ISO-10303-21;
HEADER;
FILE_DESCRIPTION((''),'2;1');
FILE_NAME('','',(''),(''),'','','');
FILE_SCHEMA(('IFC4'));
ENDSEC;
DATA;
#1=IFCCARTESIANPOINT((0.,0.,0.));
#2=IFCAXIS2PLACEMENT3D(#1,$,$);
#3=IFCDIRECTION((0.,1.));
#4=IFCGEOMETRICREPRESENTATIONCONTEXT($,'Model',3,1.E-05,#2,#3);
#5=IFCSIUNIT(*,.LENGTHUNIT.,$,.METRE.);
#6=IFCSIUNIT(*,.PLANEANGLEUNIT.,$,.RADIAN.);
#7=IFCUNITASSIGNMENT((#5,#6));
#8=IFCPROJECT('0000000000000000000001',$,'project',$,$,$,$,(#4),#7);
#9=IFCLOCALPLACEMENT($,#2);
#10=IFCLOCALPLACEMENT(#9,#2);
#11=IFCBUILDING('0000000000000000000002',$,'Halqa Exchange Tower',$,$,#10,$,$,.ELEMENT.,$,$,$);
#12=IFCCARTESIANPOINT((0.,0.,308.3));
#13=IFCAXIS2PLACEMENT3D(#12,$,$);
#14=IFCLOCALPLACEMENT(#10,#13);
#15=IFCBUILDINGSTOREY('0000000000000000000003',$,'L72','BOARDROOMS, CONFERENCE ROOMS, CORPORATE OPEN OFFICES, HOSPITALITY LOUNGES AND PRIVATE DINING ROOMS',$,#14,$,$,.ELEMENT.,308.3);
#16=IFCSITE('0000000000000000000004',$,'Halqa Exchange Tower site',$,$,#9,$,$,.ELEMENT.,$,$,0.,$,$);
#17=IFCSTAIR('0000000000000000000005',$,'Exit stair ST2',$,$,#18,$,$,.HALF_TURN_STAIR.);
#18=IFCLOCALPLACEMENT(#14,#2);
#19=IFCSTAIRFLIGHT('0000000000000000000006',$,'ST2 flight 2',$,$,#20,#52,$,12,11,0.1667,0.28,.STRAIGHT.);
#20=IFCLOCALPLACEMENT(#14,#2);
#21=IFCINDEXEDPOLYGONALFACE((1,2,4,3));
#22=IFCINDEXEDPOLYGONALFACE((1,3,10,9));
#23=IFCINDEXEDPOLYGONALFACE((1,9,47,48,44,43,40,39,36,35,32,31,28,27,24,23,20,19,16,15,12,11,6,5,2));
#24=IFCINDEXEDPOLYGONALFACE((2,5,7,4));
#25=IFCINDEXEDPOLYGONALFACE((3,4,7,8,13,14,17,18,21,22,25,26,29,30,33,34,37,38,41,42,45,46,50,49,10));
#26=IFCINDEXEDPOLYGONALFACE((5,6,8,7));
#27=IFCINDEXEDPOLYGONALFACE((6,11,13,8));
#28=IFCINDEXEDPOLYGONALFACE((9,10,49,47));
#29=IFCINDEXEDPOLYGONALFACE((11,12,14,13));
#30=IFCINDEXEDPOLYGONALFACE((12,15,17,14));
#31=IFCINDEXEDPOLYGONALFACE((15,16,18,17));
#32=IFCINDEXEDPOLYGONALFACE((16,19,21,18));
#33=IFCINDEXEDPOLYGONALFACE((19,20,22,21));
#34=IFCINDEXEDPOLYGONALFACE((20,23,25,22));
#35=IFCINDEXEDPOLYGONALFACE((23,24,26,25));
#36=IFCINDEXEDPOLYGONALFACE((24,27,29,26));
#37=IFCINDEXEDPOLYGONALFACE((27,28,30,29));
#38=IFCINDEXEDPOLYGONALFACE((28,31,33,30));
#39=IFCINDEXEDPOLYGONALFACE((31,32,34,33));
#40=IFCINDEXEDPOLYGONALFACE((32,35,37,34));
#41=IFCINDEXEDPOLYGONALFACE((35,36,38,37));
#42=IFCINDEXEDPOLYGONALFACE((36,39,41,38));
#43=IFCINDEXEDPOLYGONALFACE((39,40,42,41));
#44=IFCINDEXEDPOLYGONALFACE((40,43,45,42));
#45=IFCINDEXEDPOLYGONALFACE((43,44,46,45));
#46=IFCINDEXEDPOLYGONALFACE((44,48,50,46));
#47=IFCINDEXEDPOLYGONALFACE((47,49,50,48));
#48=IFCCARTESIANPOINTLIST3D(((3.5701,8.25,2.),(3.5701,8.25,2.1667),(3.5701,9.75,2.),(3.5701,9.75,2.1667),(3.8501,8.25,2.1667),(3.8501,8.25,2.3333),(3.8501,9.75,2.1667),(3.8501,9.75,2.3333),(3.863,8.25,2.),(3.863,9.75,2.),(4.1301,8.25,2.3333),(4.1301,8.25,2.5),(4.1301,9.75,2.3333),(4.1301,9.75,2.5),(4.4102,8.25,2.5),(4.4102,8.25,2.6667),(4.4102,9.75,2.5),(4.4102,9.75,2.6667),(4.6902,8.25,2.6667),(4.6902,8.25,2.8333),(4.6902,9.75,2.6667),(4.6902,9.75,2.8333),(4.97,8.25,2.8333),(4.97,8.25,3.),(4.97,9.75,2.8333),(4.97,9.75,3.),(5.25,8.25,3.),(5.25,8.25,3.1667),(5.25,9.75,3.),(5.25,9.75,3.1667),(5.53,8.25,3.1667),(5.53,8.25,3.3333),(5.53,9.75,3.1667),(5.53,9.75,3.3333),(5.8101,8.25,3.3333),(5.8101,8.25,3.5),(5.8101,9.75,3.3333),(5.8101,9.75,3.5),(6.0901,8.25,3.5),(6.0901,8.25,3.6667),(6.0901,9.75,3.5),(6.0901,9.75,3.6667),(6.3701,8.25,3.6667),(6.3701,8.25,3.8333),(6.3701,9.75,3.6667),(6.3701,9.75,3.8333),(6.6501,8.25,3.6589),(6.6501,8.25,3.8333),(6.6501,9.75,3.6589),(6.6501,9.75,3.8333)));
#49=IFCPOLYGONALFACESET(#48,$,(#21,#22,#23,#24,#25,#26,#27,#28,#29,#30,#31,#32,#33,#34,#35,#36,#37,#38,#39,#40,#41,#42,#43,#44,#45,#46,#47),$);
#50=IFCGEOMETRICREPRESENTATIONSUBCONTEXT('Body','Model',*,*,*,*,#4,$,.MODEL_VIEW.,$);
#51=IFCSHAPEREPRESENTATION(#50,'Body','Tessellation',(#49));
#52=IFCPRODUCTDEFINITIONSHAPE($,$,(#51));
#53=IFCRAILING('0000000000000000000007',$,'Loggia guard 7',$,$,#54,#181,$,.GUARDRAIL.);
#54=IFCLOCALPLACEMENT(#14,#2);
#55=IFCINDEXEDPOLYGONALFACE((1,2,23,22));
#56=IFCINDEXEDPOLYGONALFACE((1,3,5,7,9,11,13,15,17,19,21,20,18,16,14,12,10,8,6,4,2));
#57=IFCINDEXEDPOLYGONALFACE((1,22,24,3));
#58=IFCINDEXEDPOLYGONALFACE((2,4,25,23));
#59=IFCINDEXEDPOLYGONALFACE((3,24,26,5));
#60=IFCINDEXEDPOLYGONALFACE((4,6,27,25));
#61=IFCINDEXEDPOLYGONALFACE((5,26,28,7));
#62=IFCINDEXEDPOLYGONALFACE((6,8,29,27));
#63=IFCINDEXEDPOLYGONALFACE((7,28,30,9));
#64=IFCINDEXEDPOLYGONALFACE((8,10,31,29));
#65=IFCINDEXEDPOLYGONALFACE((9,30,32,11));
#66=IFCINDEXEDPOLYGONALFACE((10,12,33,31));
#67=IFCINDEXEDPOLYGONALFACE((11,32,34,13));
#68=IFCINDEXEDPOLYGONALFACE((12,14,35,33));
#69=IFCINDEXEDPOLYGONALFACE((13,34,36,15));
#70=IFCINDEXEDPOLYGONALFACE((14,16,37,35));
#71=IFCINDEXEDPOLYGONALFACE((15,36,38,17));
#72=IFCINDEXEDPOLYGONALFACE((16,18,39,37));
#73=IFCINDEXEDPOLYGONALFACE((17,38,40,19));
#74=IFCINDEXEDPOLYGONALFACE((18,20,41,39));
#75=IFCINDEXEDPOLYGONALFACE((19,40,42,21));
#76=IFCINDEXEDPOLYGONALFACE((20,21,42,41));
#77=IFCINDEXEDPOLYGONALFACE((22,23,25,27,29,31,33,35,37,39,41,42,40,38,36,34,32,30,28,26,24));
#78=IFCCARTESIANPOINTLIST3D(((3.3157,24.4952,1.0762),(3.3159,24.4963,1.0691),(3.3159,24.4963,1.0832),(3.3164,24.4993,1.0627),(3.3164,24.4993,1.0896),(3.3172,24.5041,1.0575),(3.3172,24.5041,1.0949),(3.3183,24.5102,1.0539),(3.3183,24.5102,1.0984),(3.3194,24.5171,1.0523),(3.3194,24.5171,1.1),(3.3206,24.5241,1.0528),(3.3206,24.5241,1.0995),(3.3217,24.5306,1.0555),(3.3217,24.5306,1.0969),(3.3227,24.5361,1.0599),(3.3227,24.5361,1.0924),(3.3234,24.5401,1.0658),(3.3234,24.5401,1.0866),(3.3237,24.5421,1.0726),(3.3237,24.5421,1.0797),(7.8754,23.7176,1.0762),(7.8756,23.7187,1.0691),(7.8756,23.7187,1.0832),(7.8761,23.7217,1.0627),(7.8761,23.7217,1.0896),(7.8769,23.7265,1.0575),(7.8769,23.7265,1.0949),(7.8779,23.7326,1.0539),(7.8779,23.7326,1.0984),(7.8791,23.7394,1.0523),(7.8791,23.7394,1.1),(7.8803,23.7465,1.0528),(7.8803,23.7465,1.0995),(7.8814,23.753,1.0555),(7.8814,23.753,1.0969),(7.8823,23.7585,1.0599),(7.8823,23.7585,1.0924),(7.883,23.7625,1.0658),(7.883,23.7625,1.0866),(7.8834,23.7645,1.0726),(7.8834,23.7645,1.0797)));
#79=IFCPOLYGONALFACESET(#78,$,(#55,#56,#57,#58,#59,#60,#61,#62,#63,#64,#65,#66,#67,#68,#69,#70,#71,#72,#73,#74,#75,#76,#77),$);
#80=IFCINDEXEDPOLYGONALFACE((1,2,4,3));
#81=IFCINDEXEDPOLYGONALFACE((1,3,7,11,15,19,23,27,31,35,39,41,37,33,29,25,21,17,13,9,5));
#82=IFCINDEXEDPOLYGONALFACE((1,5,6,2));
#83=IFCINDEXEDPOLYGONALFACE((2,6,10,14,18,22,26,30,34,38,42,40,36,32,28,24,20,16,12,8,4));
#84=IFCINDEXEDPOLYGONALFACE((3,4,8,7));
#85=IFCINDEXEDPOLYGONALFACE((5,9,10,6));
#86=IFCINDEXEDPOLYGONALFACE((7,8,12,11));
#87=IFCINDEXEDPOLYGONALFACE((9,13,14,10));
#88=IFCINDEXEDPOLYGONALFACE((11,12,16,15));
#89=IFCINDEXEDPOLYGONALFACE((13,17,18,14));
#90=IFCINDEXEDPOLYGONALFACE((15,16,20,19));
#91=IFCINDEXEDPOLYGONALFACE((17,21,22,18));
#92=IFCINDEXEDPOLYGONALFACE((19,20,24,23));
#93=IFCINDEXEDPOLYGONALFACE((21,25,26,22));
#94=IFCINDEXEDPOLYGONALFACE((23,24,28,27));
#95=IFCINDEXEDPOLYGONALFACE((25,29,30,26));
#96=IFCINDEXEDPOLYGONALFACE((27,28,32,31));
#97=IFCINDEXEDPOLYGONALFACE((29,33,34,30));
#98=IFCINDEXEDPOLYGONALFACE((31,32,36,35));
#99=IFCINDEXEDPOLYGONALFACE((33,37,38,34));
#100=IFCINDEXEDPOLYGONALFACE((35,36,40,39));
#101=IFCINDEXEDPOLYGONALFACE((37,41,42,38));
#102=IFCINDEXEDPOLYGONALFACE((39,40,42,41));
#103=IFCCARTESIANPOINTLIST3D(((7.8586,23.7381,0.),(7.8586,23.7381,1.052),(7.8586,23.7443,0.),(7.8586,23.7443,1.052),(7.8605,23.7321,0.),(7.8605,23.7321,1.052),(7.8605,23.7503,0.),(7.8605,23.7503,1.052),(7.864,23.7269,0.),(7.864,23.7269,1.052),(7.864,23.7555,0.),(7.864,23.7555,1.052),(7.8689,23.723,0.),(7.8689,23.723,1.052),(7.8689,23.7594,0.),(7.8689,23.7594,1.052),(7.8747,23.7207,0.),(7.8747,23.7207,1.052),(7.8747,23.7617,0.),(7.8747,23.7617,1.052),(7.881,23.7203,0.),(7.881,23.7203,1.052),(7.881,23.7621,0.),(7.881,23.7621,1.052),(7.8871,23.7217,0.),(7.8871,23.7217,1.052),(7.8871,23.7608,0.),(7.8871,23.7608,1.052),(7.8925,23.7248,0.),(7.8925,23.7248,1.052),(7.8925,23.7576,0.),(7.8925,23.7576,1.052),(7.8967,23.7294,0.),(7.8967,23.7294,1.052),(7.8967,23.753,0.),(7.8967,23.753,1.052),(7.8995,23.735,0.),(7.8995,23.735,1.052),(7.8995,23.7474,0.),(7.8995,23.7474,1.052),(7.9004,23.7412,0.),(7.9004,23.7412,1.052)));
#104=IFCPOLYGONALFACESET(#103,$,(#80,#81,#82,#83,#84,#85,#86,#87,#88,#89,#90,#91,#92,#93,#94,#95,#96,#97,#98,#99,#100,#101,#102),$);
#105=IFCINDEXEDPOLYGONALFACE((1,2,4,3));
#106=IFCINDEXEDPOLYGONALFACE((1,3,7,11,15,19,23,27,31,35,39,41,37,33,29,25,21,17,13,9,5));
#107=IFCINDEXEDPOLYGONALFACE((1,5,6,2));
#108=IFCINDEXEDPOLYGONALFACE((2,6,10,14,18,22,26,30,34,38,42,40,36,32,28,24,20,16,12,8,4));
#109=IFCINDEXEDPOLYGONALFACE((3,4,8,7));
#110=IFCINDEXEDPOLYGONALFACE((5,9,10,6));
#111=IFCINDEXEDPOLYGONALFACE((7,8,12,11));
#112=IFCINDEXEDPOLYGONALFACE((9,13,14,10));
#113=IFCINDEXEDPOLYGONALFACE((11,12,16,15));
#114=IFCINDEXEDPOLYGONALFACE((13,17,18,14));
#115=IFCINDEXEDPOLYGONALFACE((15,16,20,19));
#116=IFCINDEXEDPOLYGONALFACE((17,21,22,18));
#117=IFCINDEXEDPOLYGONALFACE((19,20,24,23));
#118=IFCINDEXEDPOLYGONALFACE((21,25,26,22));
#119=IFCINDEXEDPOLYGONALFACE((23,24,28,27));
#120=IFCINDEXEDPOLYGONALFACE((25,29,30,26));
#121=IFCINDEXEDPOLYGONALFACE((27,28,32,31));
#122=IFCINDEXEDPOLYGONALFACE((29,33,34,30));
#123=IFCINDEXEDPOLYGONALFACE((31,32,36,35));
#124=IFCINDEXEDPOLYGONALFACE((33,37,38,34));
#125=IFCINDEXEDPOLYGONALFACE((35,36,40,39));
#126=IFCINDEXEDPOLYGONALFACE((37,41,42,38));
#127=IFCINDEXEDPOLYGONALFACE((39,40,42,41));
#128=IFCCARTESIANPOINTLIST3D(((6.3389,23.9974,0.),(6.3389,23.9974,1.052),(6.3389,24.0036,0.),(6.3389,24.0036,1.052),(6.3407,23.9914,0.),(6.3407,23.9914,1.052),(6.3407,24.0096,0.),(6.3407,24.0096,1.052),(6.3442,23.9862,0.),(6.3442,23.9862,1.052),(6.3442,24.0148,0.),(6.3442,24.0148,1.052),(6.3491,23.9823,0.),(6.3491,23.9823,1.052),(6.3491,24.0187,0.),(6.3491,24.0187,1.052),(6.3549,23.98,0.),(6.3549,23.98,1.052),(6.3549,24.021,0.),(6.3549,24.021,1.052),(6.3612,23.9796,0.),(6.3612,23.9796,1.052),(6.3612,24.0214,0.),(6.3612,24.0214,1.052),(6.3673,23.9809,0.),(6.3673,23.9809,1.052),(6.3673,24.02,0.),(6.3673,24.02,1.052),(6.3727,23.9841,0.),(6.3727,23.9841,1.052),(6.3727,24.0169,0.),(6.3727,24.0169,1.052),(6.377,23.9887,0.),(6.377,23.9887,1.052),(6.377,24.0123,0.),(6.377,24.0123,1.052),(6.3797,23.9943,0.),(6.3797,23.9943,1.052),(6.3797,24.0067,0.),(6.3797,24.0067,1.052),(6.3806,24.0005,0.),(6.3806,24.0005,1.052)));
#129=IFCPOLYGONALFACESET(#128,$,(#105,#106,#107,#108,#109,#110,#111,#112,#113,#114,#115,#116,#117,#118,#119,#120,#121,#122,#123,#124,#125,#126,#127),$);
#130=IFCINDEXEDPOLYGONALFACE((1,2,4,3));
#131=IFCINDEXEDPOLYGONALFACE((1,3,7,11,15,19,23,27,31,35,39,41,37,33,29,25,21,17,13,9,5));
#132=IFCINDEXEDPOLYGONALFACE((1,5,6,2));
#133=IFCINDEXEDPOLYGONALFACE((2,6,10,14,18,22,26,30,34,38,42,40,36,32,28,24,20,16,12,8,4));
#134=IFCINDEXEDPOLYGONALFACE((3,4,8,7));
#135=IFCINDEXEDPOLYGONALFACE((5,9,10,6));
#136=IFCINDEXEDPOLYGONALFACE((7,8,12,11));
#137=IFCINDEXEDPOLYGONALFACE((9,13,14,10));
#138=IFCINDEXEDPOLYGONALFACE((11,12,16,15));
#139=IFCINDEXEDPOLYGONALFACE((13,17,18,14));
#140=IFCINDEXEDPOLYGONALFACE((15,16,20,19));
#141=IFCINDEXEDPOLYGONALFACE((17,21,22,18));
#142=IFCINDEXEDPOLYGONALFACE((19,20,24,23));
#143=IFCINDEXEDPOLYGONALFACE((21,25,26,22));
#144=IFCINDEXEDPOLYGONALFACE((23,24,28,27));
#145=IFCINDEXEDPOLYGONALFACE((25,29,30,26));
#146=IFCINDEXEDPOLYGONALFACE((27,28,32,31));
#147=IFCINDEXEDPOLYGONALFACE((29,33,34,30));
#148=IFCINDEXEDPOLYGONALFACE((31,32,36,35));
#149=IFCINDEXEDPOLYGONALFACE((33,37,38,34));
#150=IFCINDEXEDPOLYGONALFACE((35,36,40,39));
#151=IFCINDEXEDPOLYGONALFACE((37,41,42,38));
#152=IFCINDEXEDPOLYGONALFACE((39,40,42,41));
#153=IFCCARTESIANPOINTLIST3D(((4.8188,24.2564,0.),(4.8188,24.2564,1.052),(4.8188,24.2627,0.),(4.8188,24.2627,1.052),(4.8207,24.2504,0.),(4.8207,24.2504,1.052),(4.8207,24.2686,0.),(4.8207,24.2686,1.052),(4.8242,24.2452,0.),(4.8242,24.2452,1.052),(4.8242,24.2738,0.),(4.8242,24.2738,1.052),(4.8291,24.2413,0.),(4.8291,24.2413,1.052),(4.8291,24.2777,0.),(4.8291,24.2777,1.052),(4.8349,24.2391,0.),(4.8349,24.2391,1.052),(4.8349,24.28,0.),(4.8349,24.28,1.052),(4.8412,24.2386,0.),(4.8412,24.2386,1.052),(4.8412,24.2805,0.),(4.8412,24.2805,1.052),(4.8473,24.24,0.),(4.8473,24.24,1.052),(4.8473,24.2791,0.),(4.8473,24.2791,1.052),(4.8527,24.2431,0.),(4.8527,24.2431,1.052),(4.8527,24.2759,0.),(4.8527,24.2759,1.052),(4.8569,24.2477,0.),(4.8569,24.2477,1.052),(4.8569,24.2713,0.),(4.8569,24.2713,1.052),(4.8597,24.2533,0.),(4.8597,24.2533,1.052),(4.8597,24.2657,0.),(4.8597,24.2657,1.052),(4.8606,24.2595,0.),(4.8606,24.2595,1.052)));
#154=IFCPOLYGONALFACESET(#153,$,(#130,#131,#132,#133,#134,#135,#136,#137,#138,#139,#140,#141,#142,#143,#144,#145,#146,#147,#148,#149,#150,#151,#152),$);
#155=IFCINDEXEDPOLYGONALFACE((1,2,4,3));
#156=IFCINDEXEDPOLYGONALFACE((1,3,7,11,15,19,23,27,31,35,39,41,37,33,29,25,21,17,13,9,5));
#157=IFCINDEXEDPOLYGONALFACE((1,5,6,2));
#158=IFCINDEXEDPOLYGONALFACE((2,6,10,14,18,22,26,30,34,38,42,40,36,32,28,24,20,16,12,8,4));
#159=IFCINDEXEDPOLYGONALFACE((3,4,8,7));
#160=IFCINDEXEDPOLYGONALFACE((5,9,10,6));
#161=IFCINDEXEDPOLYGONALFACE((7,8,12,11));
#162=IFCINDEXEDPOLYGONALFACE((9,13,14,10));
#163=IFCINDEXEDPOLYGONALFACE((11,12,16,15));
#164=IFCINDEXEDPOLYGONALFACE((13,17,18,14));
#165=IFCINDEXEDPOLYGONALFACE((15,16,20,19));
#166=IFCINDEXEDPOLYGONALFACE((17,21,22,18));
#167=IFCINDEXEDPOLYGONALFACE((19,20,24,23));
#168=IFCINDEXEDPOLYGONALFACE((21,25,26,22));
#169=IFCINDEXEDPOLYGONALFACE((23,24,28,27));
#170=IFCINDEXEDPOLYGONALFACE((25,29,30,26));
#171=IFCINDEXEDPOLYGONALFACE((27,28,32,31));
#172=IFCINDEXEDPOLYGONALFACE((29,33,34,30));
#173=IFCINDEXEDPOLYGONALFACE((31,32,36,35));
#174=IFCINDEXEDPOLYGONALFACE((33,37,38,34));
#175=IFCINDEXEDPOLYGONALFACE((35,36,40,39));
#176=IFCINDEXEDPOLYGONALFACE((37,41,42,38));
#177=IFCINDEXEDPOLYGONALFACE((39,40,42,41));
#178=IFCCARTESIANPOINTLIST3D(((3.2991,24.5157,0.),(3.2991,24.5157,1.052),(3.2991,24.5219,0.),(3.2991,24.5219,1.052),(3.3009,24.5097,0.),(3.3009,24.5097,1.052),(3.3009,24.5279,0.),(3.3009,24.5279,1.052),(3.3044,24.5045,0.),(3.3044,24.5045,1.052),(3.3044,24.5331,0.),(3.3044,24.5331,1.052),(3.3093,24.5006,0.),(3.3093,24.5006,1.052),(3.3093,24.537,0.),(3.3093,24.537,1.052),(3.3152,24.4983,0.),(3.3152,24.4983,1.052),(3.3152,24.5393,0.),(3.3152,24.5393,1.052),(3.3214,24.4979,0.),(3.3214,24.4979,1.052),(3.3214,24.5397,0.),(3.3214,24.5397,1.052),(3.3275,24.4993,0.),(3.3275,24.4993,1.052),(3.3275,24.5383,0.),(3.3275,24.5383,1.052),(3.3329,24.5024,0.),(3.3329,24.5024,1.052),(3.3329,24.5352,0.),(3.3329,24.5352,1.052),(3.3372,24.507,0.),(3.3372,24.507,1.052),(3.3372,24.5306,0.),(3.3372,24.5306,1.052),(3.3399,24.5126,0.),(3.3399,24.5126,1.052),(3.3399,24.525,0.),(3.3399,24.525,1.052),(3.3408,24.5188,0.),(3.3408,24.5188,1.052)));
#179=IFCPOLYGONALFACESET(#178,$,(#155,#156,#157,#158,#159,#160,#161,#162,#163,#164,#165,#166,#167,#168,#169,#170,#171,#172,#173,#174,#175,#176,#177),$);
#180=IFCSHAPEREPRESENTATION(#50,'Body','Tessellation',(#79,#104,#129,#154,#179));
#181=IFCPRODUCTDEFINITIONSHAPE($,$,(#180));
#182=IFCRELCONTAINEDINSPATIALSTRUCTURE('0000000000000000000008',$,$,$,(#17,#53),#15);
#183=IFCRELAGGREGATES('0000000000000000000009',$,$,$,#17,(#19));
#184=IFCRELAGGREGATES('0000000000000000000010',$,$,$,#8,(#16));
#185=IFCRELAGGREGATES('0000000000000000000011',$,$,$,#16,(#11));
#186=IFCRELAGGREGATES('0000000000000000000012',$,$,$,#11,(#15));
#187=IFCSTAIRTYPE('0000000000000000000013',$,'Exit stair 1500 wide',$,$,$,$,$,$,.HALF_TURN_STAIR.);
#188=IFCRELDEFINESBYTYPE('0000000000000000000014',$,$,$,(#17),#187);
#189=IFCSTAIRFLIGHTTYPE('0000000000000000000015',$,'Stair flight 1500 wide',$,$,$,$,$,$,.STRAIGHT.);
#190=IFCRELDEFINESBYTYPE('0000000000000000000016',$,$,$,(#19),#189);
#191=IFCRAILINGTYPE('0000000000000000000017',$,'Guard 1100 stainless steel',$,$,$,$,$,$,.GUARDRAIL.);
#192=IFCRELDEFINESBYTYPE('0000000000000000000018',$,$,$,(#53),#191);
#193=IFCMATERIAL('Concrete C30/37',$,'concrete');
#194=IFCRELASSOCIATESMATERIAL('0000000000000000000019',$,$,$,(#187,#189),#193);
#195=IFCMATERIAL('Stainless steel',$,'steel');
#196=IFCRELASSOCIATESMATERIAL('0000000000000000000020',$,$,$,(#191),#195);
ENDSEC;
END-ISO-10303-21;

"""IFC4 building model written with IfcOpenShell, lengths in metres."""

from ifc_helpers import new_model, si_unit, direction, frame, origin, origin_2d, place, context, subcontext, project, spatial, polyline, circle, outline, extrude, material, type_object, element, aggregate, save


model = new_model("IFC4")

# Units and contexts
model_context = context("Model", 3, precision=1e-05, world=origin(), true_north=direction((0.0, 1.0)))
body_context = subcontext(model_context, "Body", "Model", "MODEL_VIEW")
ifc_project = project(units=[si_unit("LENGTHUNIT", "METRE"), si_unit("PLANEANGLEUNIT", "RADIAN")], contexts=[model_context])

# Site, building, storey
site_placement = place(None, origin())
site = spatial("IfcSite", under=ifc_project, at=site_placement, Name="Halqa Exchange Tower site", CompositionType="ELEMENT", RefElevation=0.0)
building_placement = place(site_placement, origin())
building = spatial("IfcBuilding", under=site, at=building_placement, Name="Halqa Exchange Tower", CompositionType="ELEMENT")
storey_placement = place(building_placement, frame((0.0, 0.0, 308.3)))
storey = spatial("IfcBuildingStorey", under=building, at=storey_placement, Name="L72", Description="BOARDROOMS, CONFERENCE ROOMS, CORPORATE OPEN OFFICES, HOSPITALITY LOUNGES AND PRIVATE DINING ROOMS", CompositionType="ELEMENT", Elevation=308.3)

# Stair
ifc_material_1 = material(Name="Concrete C30/37", Category="concrete")
stair_type = type_object("IfcStairType", Name="Exit stair 1500 wide", PredefinedType="HALF_TURN_STAIR", material=ifc_material_1)
stair_1_placement = place(storey_placement, origin())
stair_1 = element("IfcStair", 1, at=stair_1_placement, inside=storey, type_object=stair_type, Name="Exit stair ST2", PredefinedType="HALF_TURN_STAIR")

# Stair flight
stair_flight_type = type_object("IfcStairFlightType", Name="Stair flight 1500 wide", PredefinedType="STRAIGHT", material=ifc_material_1)
stair_flight_1_placement = place(storey_placement, frame((3.5701, 9.0, 2.0), z_axis=(0.0, 0.0, 1.0), x_axis=(1.0, 0.0, 0.0)))
stair_flight_1 = element("IfcStairFlight", 2, at=stair_flight_1_placement, type_object=stair_flight_type, Name="ST2 flight 2", NumberOfRisers=12, NumberOfTreads=11, PredefinedType="STRAIGHT", RiserHeight=0.1667, TreadLength=0.28, context=body_context, shape_type="SweptSolid", body=[
    extrude(outline(polyline([(0.0, 0.0), (0.0, 0.1667), (0.28, 0.1667), (0.28, 0.3333), (0.5601, 0.3333), (0.5601, 0.5), (0.8401, 0.5), (0.8401, 0.6667), (1.1201, 0.6667), (1.1201, 0.8333), (1.3999, 0.8333), (1.3999, 1.0), (1.6799, 1.0), (1.6799, 1.1667), (1.96, 1.1667), (1.96, 1.3333), (2.24, 1.3333), (2.24, 1.5), (2.52, 1.5), (2.52, 1.6667), (2.8, 1.6667), (2.8, 1.8333), (3.0801, 1.8333), (3.0801, 2.0), (3.0801, 1.6589), (0.293, 0.0), (0.0, 0.0)])), frame((0.0, 0.75, 0.0), z_axis=(0.0, -1.0, 0.0), x_axis=(1.0, 0.0, 0.0)), (0.0, 0.0, 1.0), 1.5),
])
aggregate(stair_1, [stair_flight_1])

# Railing
ifc_material_2 = material(Name="Stainless steel", Category="steel")
railing_type_1 = type_object("IfcRailingType", Name="Guard 1100 stainless steel", PredefinedType="GUARDRAIL", material=ifc_material_2)
railing_1_placement = place(storey_placement, frame((7.8794, 23.7412, 0.0)))
element("IfcRailing", 3, at=railing_1_placement, inside=storey, type_object=railing_type_1, Name="Loggia guard 7", PredefinedType="GUARDRAIL", context=body_context, shape_type="SweptSolid", body=[
    extrude(circle(Radius=0.0239, at=origin_2d()), frame((0.0, 0.0, 1.0762), z_axis=(-0.985768, 0.168113, 0.0), x_axis=(-0.168113, -0.985768, 0.0)), (0.0, 0.0, 1.0), 4.6255),
    extrude(circle(Radius=0.021, at=origin_2d()), origin(), (0.0, 0.0, 1.0), 1.052),
    extrude(circle(Radius=0.021, at=origin_2d()), frame((-1.5198, 0.2593, 0.0)), (0.0, 0.0, 1.0), 1.052),
    extrude(circle(Radius=0.021, at=origin_2d()), frame((-3.0398, 0.5183, 0.0)), (0.0, 0.0, 1.0), 1.052),
    extrude(circle(Radius=0.021, at=origin_2d()), frame((-4.5596, 0.7776, 0.0)), (0.0, 0.0, 1.0), 1.052),
])

save(model, "model.ifc")
